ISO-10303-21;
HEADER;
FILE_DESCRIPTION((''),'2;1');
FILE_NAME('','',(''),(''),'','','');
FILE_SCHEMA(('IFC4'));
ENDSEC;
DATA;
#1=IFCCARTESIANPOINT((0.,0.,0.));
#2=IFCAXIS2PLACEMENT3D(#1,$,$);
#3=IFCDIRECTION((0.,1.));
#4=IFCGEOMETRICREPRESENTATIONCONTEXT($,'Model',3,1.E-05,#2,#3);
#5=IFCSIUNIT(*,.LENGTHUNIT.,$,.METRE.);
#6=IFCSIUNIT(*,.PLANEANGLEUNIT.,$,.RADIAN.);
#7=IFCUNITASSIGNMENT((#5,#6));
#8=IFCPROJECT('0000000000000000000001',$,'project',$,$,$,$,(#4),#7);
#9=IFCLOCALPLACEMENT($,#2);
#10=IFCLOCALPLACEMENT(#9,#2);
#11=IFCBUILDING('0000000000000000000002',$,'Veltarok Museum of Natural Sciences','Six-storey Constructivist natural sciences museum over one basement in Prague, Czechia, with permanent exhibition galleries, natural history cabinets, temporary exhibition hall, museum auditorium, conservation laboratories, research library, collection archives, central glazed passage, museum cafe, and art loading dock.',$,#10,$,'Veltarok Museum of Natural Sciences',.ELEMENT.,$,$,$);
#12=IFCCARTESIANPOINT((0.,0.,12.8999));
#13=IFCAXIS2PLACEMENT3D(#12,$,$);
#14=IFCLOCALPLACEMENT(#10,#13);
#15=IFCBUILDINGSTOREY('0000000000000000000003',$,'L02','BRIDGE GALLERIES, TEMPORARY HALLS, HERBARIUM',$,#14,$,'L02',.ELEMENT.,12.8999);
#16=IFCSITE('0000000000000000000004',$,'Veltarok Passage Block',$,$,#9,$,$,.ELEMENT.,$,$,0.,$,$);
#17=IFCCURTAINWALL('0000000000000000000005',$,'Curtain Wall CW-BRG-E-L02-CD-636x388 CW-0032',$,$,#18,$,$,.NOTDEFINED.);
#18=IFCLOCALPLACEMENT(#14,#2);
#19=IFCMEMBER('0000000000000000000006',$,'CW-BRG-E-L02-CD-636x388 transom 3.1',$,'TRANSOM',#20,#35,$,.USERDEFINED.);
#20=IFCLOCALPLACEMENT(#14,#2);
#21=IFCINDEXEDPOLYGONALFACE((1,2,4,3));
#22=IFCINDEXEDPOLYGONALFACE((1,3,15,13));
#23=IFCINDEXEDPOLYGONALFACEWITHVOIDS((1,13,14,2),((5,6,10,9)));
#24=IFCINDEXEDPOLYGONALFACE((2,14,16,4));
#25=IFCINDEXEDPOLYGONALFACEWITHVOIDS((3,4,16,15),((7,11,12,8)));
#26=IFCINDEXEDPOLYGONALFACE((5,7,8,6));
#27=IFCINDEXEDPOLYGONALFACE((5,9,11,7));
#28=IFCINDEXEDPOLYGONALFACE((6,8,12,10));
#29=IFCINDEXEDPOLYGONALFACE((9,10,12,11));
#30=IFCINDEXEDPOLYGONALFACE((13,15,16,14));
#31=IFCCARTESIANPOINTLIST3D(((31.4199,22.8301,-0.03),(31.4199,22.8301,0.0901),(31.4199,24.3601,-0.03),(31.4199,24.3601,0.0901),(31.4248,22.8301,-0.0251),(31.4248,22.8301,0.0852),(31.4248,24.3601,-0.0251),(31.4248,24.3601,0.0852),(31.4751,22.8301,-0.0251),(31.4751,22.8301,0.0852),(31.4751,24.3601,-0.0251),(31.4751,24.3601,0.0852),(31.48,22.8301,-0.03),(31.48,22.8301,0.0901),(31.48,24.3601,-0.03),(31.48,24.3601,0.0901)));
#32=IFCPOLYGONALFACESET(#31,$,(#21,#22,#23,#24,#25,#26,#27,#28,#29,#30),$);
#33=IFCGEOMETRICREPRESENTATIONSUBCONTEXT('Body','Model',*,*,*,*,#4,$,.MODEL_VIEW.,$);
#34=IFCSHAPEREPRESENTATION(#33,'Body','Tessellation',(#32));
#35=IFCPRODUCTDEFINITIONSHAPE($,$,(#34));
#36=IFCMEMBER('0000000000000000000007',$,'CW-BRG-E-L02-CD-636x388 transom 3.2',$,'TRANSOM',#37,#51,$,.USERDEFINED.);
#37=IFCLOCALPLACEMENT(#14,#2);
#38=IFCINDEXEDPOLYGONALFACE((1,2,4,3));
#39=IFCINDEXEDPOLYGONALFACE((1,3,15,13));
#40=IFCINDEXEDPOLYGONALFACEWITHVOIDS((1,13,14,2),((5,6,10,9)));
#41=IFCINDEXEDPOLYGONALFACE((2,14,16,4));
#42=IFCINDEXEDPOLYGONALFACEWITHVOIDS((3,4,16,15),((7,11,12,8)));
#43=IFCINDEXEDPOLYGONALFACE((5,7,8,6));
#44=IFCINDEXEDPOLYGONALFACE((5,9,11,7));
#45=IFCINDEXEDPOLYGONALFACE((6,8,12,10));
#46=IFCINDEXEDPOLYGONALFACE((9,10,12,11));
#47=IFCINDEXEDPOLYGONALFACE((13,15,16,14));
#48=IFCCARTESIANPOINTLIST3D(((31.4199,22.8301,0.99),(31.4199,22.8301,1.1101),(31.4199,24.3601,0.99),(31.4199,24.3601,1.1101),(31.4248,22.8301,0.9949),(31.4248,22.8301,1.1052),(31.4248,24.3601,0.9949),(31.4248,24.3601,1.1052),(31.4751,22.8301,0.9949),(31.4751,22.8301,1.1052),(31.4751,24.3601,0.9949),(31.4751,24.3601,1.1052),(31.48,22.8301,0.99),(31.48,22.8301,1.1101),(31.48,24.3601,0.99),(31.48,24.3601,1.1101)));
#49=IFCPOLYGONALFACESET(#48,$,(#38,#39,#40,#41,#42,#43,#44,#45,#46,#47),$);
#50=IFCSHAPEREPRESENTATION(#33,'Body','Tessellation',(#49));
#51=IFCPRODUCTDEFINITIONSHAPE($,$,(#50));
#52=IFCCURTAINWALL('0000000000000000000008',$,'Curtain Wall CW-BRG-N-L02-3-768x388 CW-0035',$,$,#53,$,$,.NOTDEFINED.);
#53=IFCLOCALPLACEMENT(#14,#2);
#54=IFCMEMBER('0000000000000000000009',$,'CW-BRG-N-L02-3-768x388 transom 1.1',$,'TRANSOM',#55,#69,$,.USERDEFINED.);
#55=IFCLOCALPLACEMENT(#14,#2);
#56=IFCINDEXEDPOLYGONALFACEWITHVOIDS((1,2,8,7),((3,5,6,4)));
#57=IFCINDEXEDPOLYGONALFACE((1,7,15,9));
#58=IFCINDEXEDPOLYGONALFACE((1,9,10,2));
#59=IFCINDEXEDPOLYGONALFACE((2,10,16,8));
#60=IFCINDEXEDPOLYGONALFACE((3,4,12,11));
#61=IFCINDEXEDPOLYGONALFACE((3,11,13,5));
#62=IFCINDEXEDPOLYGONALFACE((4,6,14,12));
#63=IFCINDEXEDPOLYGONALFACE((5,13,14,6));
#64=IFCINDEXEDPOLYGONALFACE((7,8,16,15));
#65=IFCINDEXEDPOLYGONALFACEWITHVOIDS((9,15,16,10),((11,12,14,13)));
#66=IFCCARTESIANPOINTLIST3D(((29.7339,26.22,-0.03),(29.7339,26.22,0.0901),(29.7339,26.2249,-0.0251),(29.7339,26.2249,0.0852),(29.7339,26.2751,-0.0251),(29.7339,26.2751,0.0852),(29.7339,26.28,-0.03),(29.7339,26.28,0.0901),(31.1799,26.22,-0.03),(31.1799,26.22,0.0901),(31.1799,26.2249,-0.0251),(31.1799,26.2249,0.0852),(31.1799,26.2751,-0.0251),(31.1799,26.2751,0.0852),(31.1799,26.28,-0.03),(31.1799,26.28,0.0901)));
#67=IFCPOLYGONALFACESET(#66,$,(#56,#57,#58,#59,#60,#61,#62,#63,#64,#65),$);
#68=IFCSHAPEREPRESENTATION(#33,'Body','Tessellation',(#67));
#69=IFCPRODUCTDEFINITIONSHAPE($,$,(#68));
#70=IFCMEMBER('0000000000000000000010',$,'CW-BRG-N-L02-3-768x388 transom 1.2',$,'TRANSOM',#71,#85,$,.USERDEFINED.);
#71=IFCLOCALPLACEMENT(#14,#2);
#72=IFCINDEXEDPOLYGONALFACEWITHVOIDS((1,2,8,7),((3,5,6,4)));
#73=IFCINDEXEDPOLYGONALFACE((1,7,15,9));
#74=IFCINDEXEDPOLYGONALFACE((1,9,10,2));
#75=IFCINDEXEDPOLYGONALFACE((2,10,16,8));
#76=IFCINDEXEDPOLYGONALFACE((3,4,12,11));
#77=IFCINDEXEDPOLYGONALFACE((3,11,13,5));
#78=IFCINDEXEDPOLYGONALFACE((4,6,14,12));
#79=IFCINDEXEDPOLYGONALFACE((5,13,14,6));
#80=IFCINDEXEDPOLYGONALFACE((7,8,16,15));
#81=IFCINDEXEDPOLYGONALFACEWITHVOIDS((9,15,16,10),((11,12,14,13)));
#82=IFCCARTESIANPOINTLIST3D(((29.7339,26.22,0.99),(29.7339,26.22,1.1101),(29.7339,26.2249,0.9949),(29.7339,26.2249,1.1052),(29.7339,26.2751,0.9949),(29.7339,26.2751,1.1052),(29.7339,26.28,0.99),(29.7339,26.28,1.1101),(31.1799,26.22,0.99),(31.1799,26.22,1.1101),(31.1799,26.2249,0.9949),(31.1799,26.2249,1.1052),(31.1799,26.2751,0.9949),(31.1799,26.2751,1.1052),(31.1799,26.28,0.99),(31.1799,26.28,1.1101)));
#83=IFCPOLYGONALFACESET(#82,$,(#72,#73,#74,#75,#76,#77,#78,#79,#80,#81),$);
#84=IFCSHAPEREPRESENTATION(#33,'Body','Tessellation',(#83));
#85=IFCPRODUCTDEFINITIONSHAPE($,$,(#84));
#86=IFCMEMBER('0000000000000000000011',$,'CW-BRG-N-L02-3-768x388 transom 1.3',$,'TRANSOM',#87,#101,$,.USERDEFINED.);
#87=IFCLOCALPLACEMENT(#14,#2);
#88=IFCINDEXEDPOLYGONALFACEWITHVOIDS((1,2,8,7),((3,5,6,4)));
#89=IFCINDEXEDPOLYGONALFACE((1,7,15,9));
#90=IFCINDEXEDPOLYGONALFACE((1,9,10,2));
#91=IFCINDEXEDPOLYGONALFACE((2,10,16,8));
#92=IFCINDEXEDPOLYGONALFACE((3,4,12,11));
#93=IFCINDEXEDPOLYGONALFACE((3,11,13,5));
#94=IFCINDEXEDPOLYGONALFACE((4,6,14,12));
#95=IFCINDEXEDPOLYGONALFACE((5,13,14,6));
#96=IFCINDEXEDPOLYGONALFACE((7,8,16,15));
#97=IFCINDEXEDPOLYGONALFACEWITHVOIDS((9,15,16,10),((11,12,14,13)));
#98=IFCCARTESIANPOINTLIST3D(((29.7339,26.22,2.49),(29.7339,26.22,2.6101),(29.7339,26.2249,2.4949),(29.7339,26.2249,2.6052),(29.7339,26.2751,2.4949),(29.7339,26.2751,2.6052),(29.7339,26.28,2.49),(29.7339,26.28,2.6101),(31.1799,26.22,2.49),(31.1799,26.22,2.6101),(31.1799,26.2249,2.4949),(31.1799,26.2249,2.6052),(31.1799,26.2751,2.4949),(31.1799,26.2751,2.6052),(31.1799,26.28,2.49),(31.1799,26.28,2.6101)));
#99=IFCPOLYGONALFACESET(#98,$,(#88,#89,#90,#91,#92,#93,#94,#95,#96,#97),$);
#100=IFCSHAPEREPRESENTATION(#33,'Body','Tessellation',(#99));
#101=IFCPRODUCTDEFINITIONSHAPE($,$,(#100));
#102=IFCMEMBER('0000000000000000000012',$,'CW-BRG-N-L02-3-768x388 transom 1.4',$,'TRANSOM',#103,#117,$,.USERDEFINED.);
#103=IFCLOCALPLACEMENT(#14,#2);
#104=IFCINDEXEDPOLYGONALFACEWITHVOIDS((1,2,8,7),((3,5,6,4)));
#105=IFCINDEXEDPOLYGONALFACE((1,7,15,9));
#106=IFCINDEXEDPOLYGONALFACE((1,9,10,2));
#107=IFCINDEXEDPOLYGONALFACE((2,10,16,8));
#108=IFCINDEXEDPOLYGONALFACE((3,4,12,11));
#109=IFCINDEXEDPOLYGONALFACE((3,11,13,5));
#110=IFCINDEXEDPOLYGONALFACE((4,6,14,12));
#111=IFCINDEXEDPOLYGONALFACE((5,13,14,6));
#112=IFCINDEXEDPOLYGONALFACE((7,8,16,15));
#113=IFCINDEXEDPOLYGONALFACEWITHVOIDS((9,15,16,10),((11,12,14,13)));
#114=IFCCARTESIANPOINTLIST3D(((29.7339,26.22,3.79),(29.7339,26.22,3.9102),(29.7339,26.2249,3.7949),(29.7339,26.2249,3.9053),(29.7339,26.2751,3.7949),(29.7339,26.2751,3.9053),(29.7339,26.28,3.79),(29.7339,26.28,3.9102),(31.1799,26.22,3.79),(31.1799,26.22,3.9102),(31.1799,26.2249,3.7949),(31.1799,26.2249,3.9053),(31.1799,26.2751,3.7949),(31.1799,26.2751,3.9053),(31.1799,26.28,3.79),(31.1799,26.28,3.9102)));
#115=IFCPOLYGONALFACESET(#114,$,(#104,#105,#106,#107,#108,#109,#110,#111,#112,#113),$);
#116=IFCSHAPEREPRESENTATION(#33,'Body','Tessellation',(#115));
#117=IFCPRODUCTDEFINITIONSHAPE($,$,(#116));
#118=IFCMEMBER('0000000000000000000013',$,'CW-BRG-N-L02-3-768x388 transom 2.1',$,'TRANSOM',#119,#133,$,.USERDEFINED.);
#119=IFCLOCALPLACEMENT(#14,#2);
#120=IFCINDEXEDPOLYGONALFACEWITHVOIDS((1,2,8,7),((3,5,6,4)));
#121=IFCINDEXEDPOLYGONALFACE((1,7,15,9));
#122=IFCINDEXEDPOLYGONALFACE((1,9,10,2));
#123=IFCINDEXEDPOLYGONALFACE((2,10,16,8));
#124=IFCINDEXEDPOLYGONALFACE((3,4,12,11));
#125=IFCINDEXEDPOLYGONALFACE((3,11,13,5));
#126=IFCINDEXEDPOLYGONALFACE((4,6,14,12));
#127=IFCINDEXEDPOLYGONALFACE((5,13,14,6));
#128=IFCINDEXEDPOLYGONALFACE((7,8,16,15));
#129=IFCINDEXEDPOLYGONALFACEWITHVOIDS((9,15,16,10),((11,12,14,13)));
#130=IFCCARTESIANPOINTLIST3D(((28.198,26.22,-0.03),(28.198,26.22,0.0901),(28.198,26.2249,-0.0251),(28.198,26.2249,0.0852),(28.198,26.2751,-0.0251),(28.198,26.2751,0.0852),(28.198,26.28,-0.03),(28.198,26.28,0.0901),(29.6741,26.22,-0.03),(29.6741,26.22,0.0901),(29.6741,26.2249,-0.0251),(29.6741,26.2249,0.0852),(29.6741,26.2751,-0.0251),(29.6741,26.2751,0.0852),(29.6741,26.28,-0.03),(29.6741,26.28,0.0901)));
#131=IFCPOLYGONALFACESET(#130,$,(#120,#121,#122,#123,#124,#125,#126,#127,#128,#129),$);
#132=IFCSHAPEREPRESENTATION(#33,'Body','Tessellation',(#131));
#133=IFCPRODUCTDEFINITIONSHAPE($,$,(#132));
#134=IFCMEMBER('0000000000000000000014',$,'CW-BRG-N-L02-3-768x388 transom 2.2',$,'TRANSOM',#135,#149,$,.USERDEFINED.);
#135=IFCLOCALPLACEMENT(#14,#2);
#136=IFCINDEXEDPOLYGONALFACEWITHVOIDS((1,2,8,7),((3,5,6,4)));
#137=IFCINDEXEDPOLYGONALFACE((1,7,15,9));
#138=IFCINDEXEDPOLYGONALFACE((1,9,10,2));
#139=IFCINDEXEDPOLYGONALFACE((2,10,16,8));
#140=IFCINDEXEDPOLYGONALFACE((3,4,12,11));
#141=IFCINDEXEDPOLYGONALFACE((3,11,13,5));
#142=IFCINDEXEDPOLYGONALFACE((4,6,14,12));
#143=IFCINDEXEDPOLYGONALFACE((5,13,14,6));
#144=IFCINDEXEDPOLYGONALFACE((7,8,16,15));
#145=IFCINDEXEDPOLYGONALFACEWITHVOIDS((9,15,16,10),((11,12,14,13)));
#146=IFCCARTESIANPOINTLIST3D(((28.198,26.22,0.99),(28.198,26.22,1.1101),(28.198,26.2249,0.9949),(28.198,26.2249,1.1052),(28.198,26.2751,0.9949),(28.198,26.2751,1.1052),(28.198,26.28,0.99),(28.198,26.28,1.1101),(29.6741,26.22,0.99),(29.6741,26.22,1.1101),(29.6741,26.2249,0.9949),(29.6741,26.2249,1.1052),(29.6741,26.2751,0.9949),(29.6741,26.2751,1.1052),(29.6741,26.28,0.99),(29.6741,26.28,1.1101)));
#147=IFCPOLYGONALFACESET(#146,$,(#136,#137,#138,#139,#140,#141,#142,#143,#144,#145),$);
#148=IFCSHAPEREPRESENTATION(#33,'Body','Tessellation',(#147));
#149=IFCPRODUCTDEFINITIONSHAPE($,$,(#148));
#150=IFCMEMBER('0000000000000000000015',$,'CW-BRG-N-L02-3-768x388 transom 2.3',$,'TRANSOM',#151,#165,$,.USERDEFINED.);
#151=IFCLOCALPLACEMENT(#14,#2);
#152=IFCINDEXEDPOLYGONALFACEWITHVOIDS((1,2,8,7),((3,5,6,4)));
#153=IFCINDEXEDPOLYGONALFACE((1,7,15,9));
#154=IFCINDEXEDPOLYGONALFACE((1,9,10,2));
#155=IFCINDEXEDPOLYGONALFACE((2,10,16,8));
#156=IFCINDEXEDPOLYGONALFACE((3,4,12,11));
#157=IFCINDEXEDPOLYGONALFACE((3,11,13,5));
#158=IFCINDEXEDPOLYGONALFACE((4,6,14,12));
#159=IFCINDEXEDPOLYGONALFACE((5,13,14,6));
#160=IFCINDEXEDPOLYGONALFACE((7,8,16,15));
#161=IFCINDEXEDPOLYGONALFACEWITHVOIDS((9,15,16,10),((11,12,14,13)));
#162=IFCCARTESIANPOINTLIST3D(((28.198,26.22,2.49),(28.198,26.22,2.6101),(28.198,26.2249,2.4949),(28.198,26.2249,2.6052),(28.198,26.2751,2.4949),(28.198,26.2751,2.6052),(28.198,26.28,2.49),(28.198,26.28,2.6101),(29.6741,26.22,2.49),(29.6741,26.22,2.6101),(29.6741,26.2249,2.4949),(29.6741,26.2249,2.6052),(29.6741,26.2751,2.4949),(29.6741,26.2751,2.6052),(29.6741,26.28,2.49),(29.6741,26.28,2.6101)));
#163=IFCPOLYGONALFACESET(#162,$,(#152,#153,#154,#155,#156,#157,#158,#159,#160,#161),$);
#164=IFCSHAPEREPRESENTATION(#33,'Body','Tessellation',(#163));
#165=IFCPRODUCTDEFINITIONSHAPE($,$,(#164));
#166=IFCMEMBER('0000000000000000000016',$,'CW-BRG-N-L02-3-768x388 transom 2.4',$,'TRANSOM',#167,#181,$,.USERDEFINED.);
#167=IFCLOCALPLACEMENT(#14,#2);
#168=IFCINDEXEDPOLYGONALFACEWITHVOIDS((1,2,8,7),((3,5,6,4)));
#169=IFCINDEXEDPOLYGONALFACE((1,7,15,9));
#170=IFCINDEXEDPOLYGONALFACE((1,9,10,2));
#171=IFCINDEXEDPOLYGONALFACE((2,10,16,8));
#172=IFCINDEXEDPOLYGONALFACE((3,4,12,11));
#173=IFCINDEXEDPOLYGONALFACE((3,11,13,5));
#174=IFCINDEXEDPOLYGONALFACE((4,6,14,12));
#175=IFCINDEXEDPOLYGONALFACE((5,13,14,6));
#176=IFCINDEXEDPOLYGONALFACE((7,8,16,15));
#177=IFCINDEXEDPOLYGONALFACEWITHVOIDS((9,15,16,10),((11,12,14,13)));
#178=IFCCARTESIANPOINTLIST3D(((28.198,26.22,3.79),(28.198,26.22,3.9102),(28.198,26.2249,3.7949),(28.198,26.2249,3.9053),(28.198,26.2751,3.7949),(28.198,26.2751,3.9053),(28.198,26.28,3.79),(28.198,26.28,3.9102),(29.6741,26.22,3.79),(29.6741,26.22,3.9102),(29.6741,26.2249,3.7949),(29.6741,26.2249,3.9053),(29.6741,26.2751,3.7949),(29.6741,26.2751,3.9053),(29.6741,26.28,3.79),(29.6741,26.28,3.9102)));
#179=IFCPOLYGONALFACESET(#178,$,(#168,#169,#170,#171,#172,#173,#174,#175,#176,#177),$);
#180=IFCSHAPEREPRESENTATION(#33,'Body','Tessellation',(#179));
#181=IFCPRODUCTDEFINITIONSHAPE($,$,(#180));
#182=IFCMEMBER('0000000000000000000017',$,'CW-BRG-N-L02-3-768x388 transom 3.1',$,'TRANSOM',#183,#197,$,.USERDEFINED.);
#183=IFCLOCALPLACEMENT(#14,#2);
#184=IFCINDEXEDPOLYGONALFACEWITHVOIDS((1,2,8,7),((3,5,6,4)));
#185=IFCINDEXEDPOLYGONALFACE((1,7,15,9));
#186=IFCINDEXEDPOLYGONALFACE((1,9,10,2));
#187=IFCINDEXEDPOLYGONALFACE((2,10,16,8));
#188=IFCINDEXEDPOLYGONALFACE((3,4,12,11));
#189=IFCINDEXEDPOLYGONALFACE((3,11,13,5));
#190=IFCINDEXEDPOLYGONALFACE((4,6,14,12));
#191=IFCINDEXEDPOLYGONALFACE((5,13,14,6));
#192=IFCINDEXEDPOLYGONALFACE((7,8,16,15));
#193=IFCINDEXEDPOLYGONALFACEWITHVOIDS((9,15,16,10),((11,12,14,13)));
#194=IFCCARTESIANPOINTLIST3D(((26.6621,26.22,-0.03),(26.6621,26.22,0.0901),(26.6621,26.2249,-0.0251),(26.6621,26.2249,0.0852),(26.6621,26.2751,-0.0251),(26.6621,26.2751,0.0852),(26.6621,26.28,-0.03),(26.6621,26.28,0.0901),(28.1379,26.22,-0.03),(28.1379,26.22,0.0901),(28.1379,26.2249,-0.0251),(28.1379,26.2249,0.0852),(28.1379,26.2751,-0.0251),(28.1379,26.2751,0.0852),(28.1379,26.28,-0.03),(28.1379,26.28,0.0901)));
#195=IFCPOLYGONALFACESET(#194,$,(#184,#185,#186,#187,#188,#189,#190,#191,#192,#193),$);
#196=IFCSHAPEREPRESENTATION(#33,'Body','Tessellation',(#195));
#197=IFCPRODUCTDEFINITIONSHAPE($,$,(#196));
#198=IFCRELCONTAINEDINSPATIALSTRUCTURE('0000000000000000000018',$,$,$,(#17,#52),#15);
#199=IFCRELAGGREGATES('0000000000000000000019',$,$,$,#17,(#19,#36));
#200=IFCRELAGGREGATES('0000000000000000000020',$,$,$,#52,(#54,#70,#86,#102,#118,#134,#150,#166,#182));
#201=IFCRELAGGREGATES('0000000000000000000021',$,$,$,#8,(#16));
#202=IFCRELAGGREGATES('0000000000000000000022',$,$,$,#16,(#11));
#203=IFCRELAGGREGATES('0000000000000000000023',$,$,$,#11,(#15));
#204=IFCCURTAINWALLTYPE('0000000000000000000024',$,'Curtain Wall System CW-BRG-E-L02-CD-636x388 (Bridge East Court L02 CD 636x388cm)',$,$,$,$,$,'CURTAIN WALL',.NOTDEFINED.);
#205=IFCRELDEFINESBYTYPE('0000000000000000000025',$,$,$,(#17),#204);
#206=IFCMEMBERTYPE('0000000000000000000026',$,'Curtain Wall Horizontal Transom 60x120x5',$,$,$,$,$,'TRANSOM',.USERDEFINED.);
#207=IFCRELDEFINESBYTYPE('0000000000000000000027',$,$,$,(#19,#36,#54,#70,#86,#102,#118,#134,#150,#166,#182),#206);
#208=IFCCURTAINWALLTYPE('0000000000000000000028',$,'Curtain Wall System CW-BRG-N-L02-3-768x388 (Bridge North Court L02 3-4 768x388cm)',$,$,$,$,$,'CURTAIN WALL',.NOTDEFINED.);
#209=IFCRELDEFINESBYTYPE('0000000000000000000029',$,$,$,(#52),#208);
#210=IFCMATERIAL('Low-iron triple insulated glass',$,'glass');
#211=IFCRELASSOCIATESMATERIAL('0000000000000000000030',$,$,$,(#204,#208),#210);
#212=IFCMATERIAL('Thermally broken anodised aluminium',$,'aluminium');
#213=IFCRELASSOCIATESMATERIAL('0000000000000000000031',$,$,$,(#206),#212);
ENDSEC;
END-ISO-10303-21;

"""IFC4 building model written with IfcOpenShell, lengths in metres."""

from ifc_helpers import new_model, si_unit, direction, frame, origin, origin_2d, place, context, subcontext, project, spatial, hollow_rectangle, extrude, material, material_profile, profile_set, type_object, element, aggregate, save


model = new_model("IFC4")

# Units and contexts
model_context = context("Model", 3, precision=1e-05, world=origin(), true_north=direction((0.0, 1.0)))
body_context = subcontext(model_context, "Body", "Model", "MODEL_VIEW")
ifc_project = project(units=[si_unit("LENGTHUNIT", "METRE"), si_unit("PLANEANGLEUNIT", "RADIAN")], contexts=[model_context])

# Site, building, storey
site_placement = place(None, origin())
site = spatial("IfcSite", under=ifc_project, at=site_placement, Name="Veltarok Passage Block", CompositionType="ELEMENT", RefElevation=0.0)
building_placement = place(site_placement, origin())
building = spatial("IfcBuilding", under=site, at=building_placement, Name="Veltarok Museum of Natural Sciences", Description="Six-storey Constructivist natural sciences museum over one basement in Prague, Czechia, with permanent exhibition galleries, natural history cabinets, temporary exhibition hall, museum auditorium, conservation laboratories, research library, collection archives, central glazed passage, museum cafe, and art loading dock.", LongName="Veltarok Museum of Natural Sciences", CompositionType="ELEMENT")
storey_placement = place(building_placement, frame((0.0, 0.0, 12.8999)))
storey = spatial("IfcBuildingStorey", under=building, at=storey_placement, Name="L02", Description="BRIDGE GALLERIES, TEMPORARY HALLS, HERBARIUM", LongName="L02", CompositionType="ELEMENT", Elevation=12.8999)

# Curtain walls, members
ifc_material_1 = material(Name="Low-iron triple insulated glass", Category="glass")
curtain_wall_type_1 = type_object("IfcCurtainWallType", Name="Curtain Wall System CW-BRG-E-L02-CD-636x388 (Bridge East Court L02 CD 636x388cm)", ElementType="CURTAIN WALL", PredefinedType="NOTDEFINED", material=ifc_material_1)
curtain_wall_1_placement = place(storey_placement, origin())
curtain_wall_1 = element("IfcCurtainWall", 1, at=curtain_wall_1_placement, inside=storey, type_object=curtain_wall_type_1, Name="Curtain Wall CW-BRG-E-L02-CD-636x388 CW-0032", PredefinedType="NOTDEFINED")
ifc_material_2 = material(Name="Thermally broken anodised aluminium", Category="aluminium")
ifc_material_profile_1 = material_profile(ifc_material_2, hollow_rectangle(XDim=0.0601, YDim=0.1201, WallThickness=0.0049, at=origin_2d()), Name="CW TRANSOM 60x120x5")
ifc_profile_set_1 = profile_set([ifc_material_profile_1], Name="Thermally broken anodised aluminium")
member_type_1 = type_object("IfcMemberType", Name="Curtain Wall Horizontal Transom 60x120x5", ElementType="TRANSOM", PredefinedType="USERDEFINED", material=ifc_profile_set_1)
member_1_placement = place(storey_placement, frame((31.45, 22.8301, 0.03), z_axis=(0.0, 1.0, 0.0), x_axis=(-1.0, 0.0, 0.0)))
member_1 = element("IfcMember", 2, at=member_1_placement, type_object=member_type_1, Name="CW-BRG-E-L02-CD-636x388 transom 3.1", ObjectType="TRANSOM", PredefinedType="USERDEFINED", context=body_context, shape_type="SweptSolid", body=[
    extrude(hollow_rectangle(XDim=0.0601, YDim=0.1201, WallThickness=0.0049, at=origin_2d()), origin(), (0.0, 0.0, 1.0), 1.53),
])
member_2_placement = place(storey_placement, frame((31.45, 22.8301, 1.05), z_axis=(0.0, 1.0, 0.0), x_axis=(-1.0, 0.0, 0.0)))
member_2 = element("IfcMember", 3, at=member_2_placement, type_object=member_type_1, Name="CW-BRG-E-L02-CD-636x388 transom 3.2", ObjectType="TRANSOM", PredefinedType="USERDEFINED", context=body_context, shape_type="SweptSolid", body=[
    extrude(hollow_rectangle(XDim=0.0601, YDim=0.1201, WallThickness=0.0049, at=origin_2d()), origin(), (0.0, 0.0, 1.0), 1.53),
])
curtain_wall_type_2 = type_object("IfcCurtainWallType", Name="Curtain Wall System CW-BRG-N-L02-3-768x388 (Bridge North Court L02 3-4 768x388cm)", ElementType="CURTAIN WALL", PredefinedType="NOTDEFINED", material=ifc_material_1)
curtain_wall_2_placement = place(storey_placement, origin())
curtain_wall_2 = element("IfcCurtainWall", 4, at=curtain_wall_2_placement, inside=storey, type_object=curtain_wall_type_2, Name="Curtain Wall CW-BRG-N-L02-3-768x388 CW-0035", PredefinedType="NOTDEFINED")
member_3_placement = place(storey_placement, frame((31.1799, 26.25, 0.03), z_axis=(-1.0, 0.0, 0.0), x_axis=(0.0, -1.0, 0.0)))
member_3 = element("IfcMember", 5, at=member_3_placement, type_object=member_type_1, Name="CW-BRG-N-L02-3-768x388 transom 1.1", ObjectType="TRANSOM", PredefinedType="USERDEFINED", context=body_context, shape_type="SweptSolid", body=[
    extrude(hollow_rectangle(XDim=0.0601, YDim=0.1201, WallThickness=0.0049, at=origin_2d()), origin(), (0.0, 0.0, 1.0), 1.446),
])
member_4_placement = place(storey_placement, frame((31.1799, 26.25, 1.05), z_axis=(-1.0, 0.0, 0.0), x_axis=(0.0, -1.0, 0.0)))
member_4 = element("IfcMember", 6, at=member_4_placement, type_object=member_type_1, Name="CW-BRG-N-L02-3-768x388 transom 1.2", ObjectType="TRANSOM", PredefinedType="USERDEFINED", context=body_context, shape_type="SweptSolid", body=[
    extrude(hollow_rectangle(XDim=0.0601, YDim=0.1201, WallThickness=0.0049, at=origin_2d()), origin(), (0.0, 0.0, 1.0), 1.446),
])
member_5_placement = place(storey_placement, frame((31.1799, 26.25, 2.55), z_axis=(-1.0, 0.0, 0.0), x_axis=(0.0, -1.0, 0.0)))
member_5 = element("IfcMember", 7, at=member_5_placement, type_object=member_type_1, Name="CW-BRG-N-L02-3-768x388 transom 1.3", ObjectType="TRANSOM", PredefinedType="USERDEFINED", context=body_context, shape_type="SweptSolid", body=[
    extrude(hollow_rectangle(XDim=0.0601, YDim=0.1201, WallThickness=0.0049, at=origin_2d()), origin(), (0.0, 0.0, 1.0), 1.446),
])
member_6_placement = place(storey_placement, frame((31.1799, 26.25, 3.8501), z_axis=(-1.0, 0.0, 0.0), x_axis=(0.0, -1.0, 0.0)))
member_6 = element("IfcMember", 8, at=member_6_placement, type_object=member_type_1, Name="CW-BRG-N-L02-3-768x388 transom 1.4", ObjectType="TRANSOM", PredefinedType="USERDEFINED", context=body_context, shape_type="SweptSolid", body=[
    extrude(hollow_rectangle(XDim=0.0601, YDim=0.1201, WallThickness=0.0049, at=origin_2d()), origin(), (0.0, 0.0, 1.0), 1.446),
])
member_7_placement = place(storey_placement, frame((29.6741, 26.25, 0.03), z_axis=(-1.0, 0.0, 0.0), x_axis=(0.0, -1.0, 0.0)))
member_7 = element("IfcMember", 9, at=member_7_placement, type_object=member_type_1, Name="CW-BRG-N-L02-3-768x388 transom 2.1", ObjectType="TRANSOM", PredefinedType="USERDEFINED", context=body_context, shape_type="SweptSolid", body=[
    extrude(hollow_rectangle(XDim=0.0601, YDim=0.1201, WallThickness=0.0049, at=origin_2d()), origin(), (0.0, 0.0, 1.0), 1.4761),
])
member_8_placement = place(storey_placement, frame((29.6741, 26.25, 1.05), z_axis=(-1.0, 0.0, 0.0), x_axis=(0.0, -1.0, 0.0)))
member_8 = element("IfcMember", 10, at=member_8_placement, type_object=member_type_1, Name="CW-BRG-N-L02-3-768x388 transom 2.2", ObjectType="TRANSOM", PredefinedType="USERDEFINED", context=body_context, shape_type="SweptSolid", body=[
    extrude(hollow_rectangle(XDim=0.0601, YDim=0.1201, WallThickness=0.0049, at=origin_2d()), origin(), (0.0, 0.0, 1.0), 1.4761),
])
member_9_placement = place(storey_placement, frame((29.6741, 26.25, 2.55), z_axis=(-1.0, 0.0, 0.0), x_axis=(0.0, -1.0, 0.0)))
member_9 = element("IfcMember", 11, at=member_9_placement, type_object=member_type_1, Name="CW-BRG-N-L02-3-768x388 transom 2.3", ObjectType="TRANSOM", PredefinedType="USERDEFINED", context=body_context, shape_type="SweptSolid", body=[
    extrude(hollow_rectangle(XDim=0.0601, YDim=0.1201, WallThickness=0.0049, at=origin_2d()), origin(), (0.0, 0.0, 1.0), 1.4761),
])
member_10_placement = place(storey_placement, frame((29.6741, 26.25, 3.8501), z_axis=(-1.0, 0.0, 0.0), x_axis=(0.0, -1.0, 0.0)))
member_10 = element("IfcMember", 12, at=member_10_placement, type_object=member_type_1, Name="CW-BRG-N-L02-3-768x388 transom 2.4", ObjectType="TRANSOM", PredefinedType="USERDEFINED", context=body_context, shape_type="SweptSolid", body=[
    extrude(hollow_rectangle(XDim=0.0601, YDim=0.1201, WallThickness=0.0049, at=origin_2d()), origin(), (0.0, 0.0, 1.0), 1.4761),
])
member_11_placement = place(storey_placement, frame((28.1379, 26.25, 0.03), z_axis=(-1.0, 0.0, 0.0), x_axis=(0.0, -1.0, 0.0)))
member_11 = element("IfcMember", 13, at=member_11_placement, type_object=member_type_1, Name="CW-BRG-N-L02-3-768x388 transom 3.1", ObjectType="TRANSOM", PredefinedType="USERDEFINED", context=body_context, shape_type="SweptSolid", body=[
    extrude(hollow_rectangle(XDim=0.0601, YDim=0.1201, WallThickness=0.0049, at=origin_2d()), origin(), (0.0, 0.0, 1.0), 1.4758),
])

aggregate(curtain_wall_1, [member_1, member_2])
aggregate(curtain_wall_2, [member_3, member_4, member_5, member_6, member_7, member_8, member_9, member_10, member_11])

save(model, "model.ifc")
